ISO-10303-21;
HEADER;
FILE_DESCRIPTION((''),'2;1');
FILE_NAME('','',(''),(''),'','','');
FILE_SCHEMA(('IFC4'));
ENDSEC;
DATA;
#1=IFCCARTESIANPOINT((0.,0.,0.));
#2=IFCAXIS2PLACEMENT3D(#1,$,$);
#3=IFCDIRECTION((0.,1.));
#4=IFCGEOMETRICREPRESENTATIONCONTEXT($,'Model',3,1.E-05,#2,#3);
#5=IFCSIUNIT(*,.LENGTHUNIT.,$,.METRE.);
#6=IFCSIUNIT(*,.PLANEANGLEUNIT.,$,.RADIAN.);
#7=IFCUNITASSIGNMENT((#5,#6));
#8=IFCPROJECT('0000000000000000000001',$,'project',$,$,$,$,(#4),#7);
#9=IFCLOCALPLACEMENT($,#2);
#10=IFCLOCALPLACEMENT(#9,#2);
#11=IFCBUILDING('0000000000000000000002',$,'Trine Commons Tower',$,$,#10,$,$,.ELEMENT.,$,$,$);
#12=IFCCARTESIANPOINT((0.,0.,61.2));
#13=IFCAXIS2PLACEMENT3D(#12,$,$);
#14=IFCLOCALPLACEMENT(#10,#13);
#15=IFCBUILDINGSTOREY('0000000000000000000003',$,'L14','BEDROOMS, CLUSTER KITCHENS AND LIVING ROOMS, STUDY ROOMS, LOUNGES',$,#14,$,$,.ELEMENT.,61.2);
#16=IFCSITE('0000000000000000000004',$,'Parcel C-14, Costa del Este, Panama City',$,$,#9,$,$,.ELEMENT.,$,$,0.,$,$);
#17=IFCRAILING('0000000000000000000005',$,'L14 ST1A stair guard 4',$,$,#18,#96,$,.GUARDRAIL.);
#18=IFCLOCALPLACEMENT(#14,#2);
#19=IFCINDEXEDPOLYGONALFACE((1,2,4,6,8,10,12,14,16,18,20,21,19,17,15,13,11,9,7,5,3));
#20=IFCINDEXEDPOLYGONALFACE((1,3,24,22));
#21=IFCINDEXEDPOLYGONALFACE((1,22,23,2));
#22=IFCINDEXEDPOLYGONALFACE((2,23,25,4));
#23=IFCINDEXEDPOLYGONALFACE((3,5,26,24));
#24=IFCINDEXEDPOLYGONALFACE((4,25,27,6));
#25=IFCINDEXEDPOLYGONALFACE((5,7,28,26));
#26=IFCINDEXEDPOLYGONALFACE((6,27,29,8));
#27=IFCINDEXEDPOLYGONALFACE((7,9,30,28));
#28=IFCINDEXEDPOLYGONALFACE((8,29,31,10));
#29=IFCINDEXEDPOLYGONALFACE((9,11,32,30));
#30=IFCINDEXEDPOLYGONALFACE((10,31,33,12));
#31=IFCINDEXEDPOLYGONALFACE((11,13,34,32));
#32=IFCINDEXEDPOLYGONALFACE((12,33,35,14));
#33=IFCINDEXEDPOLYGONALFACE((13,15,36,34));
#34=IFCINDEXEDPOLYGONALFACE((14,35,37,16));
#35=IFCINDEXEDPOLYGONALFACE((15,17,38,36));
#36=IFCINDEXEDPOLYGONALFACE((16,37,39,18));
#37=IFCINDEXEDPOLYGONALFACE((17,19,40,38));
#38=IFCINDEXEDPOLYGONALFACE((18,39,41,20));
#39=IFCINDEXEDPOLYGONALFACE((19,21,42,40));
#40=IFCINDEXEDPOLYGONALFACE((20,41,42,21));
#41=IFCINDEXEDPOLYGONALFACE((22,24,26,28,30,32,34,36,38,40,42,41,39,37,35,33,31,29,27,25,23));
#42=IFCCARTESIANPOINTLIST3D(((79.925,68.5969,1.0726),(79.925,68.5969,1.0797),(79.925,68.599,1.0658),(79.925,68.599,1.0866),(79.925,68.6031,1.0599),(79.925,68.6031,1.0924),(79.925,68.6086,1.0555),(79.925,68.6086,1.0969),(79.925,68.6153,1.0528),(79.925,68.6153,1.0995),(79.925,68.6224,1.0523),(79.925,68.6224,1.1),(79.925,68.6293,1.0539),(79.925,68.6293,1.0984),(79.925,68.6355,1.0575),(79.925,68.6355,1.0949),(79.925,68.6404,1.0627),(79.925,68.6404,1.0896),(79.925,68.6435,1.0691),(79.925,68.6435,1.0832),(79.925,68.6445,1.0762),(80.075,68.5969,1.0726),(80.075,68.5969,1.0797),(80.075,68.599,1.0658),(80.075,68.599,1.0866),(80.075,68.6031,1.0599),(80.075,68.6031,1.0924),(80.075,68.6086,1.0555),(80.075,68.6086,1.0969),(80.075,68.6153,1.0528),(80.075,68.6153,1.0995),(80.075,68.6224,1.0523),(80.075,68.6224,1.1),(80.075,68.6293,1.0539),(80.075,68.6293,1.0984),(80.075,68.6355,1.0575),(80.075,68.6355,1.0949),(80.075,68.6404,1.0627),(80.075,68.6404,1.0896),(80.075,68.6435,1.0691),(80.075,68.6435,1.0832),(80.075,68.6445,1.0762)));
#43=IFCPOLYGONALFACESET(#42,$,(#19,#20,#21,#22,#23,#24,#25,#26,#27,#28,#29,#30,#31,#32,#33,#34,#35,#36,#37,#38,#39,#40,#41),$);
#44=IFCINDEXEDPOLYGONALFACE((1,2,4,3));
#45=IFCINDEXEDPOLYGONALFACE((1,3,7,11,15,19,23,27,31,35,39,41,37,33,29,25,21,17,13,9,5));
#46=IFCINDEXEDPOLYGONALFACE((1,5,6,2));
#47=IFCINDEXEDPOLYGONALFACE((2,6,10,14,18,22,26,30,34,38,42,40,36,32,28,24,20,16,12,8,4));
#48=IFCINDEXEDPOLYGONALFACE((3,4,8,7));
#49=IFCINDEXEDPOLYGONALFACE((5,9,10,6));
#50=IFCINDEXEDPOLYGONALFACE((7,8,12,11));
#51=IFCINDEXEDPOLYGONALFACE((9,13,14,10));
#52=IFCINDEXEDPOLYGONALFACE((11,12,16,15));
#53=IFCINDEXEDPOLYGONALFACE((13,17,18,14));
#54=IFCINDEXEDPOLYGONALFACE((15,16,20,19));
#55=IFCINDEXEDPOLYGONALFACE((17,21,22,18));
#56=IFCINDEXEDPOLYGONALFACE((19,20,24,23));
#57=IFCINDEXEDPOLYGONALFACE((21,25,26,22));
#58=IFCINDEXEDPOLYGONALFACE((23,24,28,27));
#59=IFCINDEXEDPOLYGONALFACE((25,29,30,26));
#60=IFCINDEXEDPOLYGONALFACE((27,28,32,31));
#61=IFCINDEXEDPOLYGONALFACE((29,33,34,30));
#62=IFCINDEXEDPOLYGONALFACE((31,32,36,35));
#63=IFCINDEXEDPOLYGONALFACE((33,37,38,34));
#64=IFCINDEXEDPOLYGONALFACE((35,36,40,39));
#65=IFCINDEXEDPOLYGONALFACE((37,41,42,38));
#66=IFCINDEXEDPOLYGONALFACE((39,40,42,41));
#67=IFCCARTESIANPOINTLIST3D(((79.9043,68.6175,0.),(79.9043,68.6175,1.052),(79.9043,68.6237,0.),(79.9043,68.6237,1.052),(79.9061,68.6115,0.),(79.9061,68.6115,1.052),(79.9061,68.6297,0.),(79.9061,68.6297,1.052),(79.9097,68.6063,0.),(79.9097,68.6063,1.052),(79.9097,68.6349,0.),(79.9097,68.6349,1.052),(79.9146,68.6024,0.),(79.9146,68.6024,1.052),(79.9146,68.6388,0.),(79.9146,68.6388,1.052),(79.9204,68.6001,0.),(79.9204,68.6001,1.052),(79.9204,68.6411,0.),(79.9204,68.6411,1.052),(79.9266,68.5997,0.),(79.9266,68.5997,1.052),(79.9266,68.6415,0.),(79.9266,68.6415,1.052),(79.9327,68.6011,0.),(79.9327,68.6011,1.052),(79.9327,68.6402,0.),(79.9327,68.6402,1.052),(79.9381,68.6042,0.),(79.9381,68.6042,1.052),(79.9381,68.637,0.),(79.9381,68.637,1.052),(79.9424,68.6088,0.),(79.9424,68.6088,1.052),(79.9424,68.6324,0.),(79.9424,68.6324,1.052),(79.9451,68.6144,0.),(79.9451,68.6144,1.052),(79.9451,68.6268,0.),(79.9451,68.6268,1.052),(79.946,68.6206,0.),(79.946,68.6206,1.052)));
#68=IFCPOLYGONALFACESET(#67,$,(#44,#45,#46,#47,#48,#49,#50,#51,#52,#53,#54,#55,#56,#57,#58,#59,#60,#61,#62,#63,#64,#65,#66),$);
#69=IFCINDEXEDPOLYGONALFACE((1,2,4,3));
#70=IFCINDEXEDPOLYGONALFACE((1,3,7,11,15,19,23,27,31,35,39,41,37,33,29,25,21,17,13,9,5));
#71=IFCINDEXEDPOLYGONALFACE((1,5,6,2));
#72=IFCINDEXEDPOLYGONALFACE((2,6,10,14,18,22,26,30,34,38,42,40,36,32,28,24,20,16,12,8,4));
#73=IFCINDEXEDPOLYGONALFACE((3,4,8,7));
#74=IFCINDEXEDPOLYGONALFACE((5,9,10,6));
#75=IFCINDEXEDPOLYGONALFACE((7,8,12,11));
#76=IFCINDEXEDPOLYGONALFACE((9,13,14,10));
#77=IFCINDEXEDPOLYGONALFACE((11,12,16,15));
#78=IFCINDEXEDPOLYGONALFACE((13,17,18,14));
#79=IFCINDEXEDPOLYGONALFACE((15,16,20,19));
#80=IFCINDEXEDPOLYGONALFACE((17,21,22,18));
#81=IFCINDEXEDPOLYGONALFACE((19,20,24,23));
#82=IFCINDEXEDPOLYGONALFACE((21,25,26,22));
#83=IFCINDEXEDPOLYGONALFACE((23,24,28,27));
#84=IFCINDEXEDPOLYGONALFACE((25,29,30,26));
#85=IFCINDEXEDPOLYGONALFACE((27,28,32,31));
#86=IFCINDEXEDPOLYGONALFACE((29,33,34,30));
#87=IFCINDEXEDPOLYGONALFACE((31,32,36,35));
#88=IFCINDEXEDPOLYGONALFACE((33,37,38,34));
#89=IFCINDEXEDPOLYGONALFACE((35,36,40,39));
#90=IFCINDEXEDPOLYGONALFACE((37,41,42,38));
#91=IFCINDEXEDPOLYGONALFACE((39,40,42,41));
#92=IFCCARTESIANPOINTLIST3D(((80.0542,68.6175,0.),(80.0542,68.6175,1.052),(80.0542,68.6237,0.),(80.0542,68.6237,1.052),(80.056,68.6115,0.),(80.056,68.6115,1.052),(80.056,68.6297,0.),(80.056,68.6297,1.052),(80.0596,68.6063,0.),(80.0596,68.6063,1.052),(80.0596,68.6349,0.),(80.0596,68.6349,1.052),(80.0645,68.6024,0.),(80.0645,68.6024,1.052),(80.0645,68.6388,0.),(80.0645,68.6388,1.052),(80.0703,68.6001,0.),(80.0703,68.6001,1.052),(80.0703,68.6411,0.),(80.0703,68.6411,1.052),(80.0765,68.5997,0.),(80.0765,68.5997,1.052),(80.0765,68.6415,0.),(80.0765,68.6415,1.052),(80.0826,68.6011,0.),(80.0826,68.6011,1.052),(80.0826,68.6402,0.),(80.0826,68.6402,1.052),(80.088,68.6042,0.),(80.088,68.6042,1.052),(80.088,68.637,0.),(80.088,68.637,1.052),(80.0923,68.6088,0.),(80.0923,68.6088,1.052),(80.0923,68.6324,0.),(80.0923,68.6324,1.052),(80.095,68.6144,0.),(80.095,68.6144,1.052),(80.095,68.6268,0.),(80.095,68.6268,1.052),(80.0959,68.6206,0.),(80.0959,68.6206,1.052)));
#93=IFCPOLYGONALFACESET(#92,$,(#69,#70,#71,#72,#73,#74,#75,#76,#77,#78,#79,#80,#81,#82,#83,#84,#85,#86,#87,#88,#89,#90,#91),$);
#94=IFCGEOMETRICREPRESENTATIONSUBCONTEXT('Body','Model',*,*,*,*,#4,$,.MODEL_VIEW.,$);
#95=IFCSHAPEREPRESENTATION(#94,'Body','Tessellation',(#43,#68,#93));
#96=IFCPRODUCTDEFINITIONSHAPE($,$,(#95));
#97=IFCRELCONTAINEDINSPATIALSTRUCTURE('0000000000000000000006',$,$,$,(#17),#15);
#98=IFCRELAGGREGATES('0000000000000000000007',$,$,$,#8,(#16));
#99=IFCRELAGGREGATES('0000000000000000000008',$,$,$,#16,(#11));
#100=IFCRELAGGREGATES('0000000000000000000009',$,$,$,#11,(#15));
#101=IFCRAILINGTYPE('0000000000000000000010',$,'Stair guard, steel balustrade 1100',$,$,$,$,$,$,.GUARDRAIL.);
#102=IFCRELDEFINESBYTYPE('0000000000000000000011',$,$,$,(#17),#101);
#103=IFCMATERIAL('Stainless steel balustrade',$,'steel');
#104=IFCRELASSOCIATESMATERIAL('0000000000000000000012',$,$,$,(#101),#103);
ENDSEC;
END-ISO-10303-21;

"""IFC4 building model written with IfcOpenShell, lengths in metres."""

from ifc_helpers import new_model, si_unit, direction, frame, origin, origin_2d, place, context, subcontext, project, spatial, circle, extrude, material, type_object, element, save


model = new_model("IFC4")

# Units and contexts
model_context = context("Model", 3, precision=1e-05, world=origin(), true_north=direction((0.0, 1.0)))
body_context = subcontext(model_context, "Body", "Model", "MODEL_VIEW")
ifc_project = project(units=[si_unit("LENGTHUNIT", "METRE"), si_unit("PLANEANGLEUNIT", "RADIAN")], contexts=[model_context])

# Site, building, storey
site_placement = place(None, origin())
site = spatial("IfcSite", under=ifc_project, at=site_placement, Name="Parcel C-14, Costa del Este, Panama City", CompositionType="ELEMENT", RefElevation=0.0)
building_placement = place(site_placement, origin())
building = spatial("IfcBuilding", under=site, at=building_placement, Name="Trine Commons Tower", CompositionType="ELEMENT")
storey_placement = place(building_placement, frame((0.0, 0.0, 61.2)))
storey = spatial("IfcBuildingStorey", under=building, at=storey_placement, Name="L14", Description="BEDROOMS, CLUSTER KITCHENS AND LIVING ROOMS, STUDY ROOMS, LOUNGES", CompositionType="ELEMENT", Elevation=61.2)

# Railing
ifc_material_1 = material(Name="Stainless steel balustrade", Category="steel")
railing_type_1 = type_object("IfcRailingType", Name="Stair guard, steel balustrade 1100", PredefinedType="GUARDRAIL", material=ifc_material_1)
railing_1_placement = place(storey_placement, frame((79.925, 68.6206, 0.0)))
element("IfcRailing", 1, at=railing_1_placement, inside=storey, type_object=railing_type_1, Name="L14 ST1A stair guard 4", PredefinedType="GUARDRAIL", context=body_context, shape_type="SweptSolid", body=[
    extrude(circle(Radius=0.0239, at=origin_2d()), frame((0.0, 0.0, 1.0762), z_axis=(1.0, 0.0, 0.0), x_axis=(0.0, 1.0, 0.0)), (0.0, 0.0, 1.0), 0.1499),
    extrude(circle(Radius=0.021, at=origin_2d()), origin(), (0.0, 0.0, 1.0), 1.052),
    extrude(circle(Radius=0.021, at=origin_2d()), frame((0.1499, 0.0, 0.0)), (0.0, 0.0, 1.0), 1.052),
])

save(model, "model.ifc")
